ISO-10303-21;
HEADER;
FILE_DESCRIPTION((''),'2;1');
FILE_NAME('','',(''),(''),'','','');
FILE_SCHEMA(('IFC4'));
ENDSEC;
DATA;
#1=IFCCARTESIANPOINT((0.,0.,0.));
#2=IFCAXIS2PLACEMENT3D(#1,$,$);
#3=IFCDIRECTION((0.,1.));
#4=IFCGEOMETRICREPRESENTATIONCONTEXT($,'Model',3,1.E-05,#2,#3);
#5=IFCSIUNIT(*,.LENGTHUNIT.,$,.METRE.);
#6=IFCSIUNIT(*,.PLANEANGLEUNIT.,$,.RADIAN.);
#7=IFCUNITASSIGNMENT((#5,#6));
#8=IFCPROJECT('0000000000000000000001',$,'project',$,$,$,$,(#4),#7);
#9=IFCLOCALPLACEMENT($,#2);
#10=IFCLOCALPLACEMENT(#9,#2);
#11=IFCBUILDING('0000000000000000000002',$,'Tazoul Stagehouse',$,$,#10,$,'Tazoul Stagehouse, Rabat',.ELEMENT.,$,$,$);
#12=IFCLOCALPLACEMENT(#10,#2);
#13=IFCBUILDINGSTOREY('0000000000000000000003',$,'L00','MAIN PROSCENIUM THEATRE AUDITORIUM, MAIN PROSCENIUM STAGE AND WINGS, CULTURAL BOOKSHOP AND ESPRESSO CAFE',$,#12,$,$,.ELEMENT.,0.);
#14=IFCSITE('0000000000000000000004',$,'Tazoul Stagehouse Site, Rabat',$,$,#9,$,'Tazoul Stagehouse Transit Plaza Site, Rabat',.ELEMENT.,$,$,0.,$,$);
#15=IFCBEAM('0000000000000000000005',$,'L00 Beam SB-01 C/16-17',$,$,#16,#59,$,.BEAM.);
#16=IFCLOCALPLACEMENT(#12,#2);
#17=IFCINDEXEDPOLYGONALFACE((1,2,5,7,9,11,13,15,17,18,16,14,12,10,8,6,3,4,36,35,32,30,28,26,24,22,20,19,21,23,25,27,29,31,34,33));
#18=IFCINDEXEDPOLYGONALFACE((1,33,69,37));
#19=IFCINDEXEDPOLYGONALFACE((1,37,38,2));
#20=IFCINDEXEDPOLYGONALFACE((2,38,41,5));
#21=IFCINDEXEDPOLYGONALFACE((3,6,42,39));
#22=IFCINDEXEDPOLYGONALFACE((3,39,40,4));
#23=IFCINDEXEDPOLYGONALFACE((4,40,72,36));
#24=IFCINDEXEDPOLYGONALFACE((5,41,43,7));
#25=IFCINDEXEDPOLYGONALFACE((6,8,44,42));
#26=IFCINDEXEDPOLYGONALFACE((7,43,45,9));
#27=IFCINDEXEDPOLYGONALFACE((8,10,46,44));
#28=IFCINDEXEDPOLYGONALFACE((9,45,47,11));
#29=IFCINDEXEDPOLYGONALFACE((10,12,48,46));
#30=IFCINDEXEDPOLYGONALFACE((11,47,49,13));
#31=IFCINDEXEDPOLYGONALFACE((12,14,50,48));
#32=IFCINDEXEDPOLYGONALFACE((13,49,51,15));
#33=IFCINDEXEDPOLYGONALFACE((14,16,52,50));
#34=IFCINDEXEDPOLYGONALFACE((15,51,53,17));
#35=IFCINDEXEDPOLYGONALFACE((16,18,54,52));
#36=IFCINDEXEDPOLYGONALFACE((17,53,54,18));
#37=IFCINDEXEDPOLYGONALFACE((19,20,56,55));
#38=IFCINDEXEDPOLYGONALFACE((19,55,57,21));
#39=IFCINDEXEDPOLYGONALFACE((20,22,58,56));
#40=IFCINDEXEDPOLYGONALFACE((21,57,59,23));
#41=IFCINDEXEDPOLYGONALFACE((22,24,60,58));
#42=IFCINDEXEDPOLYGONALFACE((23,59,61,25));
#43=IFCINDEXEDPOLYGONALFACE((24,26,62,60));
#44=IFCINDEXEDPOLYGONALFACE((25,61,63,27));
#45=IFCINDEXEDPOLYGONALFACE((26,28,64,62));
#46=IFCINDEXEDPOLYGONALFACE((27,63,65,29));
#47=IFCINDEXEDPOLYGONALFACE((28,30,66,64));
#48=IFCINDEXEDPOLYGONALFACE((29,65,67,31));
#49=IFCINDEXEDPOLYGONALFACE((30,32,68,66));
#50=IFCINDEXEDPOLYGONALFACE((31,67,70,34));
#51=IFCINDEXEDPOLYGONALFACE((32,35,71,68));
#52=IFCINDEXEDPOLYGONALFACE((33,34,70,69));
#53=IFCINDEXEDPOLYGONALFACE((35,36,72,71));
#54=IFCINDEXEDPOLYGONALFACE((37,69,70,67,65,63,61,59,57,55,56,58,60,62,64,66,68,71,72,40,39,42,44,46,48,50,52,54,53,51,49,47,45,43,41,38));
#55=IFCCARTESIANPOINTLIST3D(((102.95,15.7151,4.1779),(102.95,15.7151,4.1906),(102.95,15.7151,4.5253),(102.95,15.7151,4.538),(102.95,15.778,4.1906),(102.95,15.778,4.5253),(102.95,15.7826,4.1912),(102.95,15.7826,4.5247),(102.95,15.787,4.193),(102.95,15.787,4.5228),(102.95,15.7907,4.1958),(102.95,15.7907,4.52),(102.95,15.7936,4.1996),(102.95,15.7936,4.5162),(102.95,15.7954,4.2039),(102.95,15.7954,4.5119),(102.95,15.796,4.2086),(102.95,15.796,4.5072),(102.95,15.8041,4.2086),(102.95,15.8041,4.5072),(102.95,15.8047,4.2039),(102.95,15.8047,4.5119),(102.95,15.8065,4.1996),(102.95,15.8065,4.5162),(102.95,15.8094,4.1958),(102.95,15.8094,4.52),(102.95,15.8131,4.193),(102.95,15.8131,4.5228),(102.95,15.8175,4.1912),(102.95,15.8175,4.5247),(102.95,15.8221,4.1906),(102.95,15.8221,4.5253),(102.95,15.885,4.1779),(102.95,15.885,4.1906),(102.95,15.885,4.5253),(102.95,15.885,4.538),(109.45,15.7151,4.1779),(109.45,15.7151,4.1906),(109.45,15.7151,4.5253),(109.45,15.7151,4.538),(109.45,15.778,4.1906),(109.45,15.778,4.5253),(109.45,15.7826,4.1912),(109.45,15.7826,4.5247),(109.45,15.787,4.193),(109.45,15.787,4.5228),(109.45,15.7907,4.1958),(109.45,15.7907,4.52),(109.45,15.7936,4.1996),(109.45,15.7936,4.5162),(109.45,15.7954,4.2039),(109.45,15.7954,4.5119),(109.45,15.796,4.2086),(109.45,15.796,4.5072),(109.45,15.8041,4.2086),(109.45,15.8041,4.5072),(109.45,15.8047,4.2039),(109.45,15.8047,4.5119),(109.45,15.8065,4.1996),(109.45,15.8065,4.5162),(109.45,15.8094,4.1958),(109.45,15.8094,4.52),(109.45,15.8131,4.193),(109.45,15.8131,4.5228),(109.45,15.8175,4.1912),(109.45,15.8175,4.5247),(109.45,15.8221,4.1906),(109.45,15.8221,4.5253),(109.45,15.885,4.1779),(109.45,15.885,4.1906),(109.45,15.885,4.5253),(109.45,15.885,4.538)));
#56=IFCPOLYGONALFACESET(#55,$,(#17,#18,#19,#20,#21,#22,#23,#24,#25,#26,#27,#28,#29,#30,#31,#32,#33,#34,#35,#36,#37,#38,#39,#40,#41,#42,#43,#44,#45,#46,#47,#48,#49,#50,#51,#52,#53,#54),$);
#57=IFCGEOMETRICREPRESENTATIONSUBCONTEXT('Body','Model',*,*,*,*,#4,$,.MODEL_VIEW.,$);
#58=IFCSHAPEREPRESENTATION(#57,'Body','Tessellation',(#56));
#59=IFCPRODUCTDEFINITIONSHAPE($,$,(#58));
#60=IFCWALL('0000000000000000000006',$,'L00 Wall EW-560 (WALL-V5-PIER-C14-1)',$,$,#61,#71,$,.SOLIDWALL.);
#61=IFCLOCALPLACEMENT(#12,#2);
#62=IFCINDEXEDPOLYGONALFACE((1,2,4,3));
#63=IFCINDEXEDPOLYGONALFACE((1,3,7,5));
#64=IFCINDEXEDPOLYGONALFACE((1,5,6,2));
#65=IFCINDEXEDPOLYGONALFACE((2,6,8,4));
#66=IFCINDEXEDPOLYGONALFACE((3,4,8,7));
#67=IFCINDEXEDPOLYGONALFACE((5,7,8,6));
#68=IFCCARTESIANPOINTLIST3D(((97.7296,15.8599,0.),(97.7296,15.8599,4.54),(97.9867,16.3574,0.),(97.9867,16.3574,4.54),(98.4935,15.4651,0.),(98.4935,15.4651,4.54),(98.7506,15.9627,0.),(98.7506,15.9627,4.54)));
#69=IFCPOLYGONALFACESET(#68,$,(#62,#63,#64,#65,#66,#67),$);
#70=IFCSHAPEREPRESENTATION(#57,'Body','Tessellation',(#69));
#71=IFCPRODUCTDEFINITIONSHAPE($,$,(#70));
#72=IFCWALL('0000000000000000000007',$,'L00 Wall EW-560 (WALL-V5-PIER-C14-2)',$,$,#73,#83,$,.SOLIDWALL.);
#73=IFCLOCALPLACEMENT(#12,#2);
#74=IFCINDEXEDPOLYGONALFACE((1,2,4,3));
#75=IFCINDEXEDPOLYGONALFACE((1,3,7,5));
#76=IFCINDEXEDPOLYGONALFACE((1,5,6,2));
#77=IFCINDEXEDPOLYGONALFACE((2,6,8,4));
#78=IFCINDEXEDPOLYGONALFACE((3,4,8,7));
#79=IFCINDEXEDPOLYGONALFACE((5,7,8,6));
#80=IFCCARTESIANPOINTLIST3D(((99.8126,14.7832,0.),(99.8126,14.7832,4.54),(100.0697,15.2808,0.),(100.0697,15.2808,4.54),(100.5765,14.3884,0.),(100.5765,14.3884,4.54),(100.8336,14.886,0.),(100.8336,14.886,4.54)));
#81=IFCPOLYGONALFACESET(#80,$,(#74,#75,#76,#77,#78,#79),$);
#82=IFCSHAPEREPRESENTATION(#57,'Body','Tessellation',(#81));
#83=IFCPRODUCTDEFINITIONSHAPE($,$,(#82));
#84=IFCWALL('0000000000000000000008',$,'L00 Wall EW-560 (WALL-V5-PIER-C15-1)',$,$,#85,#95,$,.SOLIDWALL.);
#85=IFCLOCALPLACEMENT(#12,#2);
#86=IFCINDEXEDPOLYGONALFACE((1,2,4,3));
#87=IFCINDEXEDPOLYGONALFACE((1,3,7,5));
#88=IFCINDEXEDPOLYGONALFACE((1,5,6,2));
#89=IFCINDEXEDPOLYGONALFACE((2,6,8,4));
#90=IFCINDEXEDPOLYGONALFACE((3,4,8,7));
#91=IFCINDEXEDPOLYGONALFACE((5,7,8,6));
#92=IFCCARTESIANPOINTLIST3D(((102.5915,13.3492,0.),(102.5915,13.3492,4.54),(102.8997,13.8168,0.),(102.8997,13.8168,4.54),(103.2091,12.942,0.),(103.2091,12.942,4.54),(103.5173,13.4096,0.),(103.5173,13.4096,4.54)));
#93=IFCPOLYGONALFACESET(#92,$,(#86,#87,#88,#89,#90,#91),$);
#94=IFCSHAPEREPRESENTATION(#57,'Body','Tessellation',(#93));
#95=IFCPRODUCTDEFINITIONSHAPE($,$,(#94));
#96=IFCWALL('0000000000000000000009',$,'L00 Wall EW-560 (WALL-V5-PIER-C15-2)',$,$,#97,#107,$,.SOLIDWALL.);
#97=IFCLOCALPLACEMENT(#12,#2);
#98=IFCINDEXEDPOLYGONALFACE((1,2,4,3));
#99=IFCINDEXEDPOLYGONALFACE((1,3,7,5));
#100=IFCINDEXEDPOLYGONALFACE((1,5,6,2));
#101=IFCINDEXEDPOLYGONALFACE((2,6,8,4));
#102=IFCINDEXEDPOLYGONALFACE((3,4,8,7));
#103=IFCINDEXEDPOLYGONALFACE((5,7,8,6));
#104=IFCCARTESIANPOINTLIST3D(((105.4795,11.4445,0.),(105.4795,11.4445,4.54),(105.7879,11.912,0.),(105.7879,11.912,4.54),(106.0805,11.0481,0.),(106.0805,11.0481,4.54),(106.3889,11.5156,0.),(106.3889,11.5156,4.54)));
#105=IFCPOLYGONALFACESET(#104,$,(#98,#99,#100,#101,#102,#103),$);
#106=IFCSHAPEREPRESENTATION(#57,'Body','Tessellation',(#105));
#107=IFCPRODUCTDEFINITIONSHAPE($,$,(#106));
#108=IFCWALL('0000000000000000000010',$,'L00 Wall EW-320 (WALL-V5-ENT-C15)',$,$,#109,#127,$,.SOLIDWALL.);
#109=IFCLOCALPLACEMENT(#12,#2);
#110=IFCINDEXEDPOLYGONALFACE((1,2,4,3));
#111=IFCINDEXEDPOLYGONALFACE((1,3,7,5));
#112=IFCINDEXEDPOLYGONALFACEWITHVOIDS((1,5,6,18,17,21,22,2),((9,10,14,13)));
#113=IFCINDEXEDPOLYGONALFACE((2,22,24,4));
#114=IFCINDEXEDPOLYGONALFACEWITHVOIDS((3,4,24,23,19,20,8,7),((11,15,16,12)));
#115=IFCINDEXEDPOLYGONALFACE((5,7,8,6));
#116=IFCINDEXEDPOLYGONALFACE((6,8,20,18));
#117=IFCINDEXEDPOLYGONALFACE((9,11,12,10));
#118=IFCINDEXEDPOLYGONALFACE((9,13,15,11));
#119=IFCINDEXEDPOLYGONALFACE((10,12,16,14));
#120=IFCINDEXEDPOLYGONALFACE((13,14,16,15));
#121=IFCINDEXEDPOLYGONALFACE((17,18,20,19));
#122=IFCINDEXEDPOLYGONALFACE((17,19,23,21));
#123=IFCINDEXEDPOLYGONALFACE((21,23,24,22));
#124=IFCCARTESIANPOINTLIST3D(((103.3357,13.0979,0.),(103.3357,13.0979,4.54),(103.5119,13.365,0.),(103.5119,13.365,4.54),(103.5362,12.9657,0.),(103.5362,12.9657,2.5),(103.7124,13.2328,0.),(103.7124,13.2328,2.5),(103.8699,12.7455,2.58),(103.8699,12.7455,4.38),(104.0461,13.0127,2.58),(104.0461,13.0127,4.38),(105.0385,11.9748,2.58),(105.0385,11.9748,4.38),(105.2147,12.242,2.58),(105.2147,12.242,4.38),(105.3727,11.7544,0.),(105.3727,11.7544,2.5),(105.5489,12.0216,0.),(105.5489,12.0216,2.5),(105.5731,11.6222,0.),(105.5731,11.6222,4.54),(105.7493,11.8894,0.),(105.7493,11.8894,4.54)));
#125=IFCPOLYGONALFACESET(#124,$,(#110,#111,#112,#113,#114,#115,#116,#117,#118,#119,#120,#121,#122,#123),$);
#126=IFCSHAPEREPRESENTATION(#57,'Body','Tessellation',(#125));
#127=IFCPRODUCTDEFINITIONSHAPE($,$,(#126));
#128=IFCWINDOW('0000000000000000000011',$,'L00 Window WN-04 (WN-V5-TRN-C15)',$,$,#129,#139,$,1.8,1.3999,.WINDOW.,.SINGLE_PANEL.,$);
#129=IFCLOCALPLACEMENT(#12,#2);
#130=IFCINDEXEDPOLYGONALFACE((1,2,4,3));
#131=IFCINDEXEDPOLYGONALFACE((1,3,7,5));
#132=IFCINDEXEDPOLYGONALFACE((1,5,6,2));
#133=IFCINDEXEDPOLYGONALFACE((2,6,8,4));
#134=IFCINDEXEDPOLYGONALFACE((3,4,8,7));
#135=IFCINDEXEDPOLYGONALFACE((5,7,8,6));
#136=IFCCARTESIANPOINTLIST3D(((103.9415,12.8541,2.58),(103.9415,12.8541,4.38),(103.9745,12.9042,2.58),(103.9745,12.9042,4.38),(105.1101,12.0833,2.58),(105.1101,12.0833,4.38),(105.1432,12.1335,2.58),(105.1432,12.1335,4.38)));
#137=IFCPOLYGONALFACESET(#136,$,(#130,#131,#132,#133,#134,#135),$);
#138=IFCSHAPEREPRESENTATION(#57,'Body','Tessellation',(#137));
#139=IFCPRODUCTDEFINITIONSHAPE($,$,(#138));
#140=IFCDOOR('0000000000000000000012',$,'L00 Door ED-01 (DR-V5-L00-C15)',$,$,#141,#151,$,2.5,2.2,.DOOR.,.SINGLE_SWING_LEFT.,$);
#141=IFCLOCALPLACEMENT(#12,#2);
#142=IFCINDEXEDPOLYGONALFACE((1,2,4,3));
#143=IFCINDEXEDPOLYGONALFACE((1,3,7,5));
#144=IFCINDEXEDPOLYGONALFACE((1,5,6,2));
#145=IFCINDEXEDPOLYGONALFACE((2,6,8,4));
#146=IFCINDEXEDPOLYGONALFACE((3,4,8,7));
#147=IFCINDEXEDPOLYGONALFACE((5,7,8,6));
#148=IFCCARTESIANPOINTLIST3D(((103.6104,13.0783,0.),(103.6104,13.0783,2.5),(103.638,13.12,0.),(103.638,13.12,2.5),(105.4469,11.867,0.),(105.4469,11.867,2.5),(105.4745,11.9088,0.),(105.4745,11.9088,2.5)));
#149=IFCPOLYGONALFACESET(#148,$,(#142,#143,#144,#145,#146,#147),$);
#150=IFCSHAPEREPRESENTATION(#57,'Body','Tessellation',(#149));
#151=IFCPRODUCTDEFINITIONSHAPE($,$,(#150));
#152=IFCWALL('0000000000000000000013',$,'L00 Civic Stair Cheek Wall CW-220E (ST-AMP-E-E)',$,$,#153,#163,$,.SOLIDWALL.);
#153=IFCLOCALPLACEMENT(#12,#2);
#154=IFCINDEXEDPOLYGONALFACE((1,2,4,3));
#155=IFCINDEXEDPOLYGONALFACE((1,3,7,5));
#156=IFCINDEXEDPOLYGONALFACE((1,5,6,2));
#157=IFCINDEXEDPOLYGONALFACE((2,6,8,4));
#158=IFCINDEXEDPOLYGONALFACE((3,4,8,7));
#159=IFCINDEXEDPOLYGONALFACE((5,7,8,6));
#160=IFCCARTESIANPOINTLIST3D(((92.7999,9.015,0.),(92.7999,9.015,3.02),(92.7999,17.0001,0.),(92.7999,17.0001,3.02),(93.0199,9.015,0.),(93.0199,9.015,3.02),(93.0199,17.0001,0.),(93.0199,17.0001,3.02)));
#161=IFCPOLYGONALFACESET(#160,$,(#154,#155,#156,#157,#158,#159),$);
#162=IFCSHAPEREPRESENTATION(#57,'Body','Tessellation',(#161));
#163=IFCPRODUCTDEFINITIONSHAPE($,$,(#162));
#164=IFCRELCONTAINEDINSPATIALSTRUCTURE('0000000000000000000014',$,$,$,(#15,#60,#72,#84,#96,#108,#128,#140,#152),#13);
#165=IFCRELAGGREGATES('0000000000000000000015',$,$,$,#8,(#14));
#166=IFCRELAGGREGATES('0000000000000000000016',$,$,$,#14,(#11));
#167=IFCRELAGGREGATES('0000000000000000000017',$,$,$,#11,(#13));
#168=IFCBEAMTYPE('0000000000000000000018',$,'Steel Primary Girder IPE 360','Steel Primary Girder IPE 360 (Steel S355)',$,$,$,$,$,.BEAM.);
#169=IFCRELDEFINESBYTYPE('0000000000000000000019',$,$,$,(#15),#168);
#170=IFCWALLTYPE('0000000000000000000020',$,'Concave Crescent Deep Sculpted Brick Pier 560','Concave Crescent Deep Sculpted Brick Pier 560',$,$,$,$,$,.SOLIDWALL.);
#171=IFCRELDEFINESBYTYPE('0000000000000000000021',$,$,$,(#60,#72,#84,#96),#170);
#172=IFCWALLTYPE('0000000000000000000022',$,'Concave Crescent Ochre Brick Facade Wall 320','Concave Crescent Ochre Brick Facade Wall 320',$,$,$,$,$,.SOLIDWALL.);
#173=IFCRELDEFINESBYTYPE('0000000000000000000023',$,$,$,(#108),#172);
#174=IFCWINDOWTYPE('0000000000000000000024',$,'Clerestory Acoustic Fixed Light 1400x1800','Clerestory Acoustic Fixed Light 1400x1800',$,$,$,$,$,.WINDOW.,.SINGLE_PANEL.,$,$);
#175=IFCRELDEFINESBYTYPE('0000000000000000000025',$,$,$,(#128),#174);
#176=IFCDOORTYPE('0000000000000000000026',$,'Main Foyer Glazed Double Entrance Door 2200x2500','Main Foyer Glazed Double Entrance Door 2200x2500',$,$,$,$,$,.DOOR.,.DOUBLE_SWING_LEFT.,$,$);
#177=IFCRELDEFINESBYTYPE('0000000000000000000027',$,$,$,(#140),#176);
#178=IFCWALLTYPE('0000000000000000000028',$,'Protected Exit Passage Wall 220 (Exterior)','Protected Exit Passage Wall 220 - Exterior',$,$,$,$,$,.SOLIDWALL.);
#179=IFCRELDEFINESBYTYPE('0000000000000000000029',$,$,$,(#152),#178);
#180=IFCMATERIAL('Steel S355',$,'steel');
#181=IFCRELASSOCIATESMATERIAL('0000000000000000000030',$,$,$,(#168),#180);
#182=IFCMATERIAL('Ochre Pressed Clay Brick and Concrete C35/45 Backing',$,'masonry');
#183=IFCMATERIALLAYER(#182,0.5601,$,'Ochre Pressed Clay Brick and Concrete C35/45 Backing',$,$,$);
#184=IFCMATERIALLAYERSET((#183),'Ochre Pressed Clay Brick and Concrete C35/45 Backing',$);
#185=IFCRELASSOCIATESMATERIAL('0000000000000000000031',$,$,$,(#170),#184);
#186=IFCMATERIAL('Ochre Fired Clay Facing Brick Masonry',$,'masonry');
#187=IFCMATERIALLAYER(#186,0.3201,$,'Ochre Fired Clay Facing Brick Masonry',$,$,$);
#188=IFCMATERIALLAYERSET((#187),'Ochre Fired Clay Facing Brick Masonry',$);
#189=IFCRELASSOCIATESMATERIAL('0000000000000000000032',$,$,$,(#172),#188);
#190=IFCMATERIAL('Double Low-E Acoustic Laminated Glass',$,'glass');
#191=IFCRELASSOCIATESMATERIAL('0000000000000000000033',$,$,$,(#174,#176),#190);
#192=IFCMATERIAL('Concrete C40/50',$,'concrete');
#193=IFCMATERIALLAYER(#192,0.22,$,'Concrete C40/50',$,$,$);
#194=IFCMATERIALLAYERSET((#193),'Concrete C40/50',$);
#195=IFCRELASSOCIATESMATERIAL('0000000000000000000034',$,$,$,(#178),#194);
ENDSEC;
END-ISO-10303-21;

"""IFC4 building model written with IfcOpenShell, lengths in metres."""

from ifc_helpers import new_model, si_unit, direction, frame, frame_2d, origin, origin_2d, place, context, subcontext, project, spatial, rectangle, i_section, extrude, material, layer, layer_set, material_profile, profile_set, type_object, element, fill, save


model = new_model("IFC4")

# Units and contexts
model_context = context("Model", 3, precision=1e-05, world=origin(), true_north=direction((0.0, 1.0)))
body_context = subcontext(model_context, "Body", "Model", "MODEL_VIEW")
ifc_project = project(units=[si_unit("LENGTHUNIT", "METRE"), si_unit("PLANEANGLEUNIT", "RADIAN")], contexts=[model_context])

# Site, building, storey
site_placement = place(None, origin())
site = spatial("IfcSite", under=ifc_project, at=site_placement, Name="Tazoul Stagehouse Site, Rabat", LongName="Tazoul Stagehouse Transit Plaza Site, Rabat", CompositionType="ELEMENT", RefElevation=0.0)
building_placement = place(site_placement, origin())
building = spatial("IfcBuilding", under=site, at=building_placement, Name="Tazoul Stagehouse", LongName="Tazoul Stagehouse, Rabat", CompositionType="ELEMENT")
storey_placement = place(building_placement, origin())
storey = spatial("IfcBuildingStorey", under=building, at=storey_placement, Name="L00", Description="MAIN PROSCENIUM THEATRE AUDITORIUM, MAIN PROSCENIUM STAGE AND WINGS, CULTURAL BOOKSHOP AND ESPRESSO CAFE", CompositionType="ELEMENT", Elevation=0.0)

# Shared definitions
ifc_material_1 = material(Name="Concrete C40/50", Category="concrete")
ifc_material_2 = material(Name="Steel S355", Category="steel")

# Beam
ifc_material_profile_1 = material_profile(ifc_material_2, i_section(OverallWidth=0.1699, OverallDepth=0.3601, WebThickness=0.0081, FlangeThickness=0.0127, FilletRadius=0.0181, at=origin_2d()), Name="IPE 360")
ifc_profile_set_1 = profile_set([ifc_material_profile_1], Name="Steel S355")
beam_type_1 = type_object("IfcBeamType", Name="Steel Primary Girder IPE 360", Description="Steel Primary Girder IPE 360 (Steel S355)", PredefinedType="BEAM", material=ifc_profile_set_1)
beam_1_placement = place(storey_placement, frame((102.95, 15.8, 4.3579), z_axis=(1.0, 0.0, 0.0), x_axis=(0.0, 1.0, 0.0)))
element("IfcBeam", 1, at=beam_1_placement, inside=storey, type_object=beam_type_1, Name="L00 Beam SB-01 C/16-17", PredefinedType="BEAM", context=body_context, shape_type="SweptSolid", body=[
    extrude(i_section(OverallWidth=0.1699, OverallDepth=0.3601, WebThickness=0.0081, FlangeThickness=0.0127, FilletRadius=0.0181, at=origin_2d()), origin(), (0.0, 0.0, 1.0), 6.5),
])

# Shared definitions
ifc_material_3 = material(Name="Double Low-E Acoustic Laminated Glass", Category="glass")

# Walls
ifc_material_4 = material(Name="Ochre Pressed Clay Brick and Concrete C35/45 Backing", Category="masonry")
ifc_layer_1 = layer(ifc_material_4, 0.5601, Name="Ochre Pressed Clay Brick and Concrete C35/45 Backing")
ifc_layer_set_1 = layer_set([ifc_layer_1], Name="Ochre Pressed Clay Brick and Concrete C35/45 Backing")
wall_type_1 = type_object("IfcWallType", Name="Concave Crescent Deep Sculpted Brick Pier 560", Description="Concave Crescent Deep Sculpted Brick Pier 560", PredefinedType="SOLIDWALL", material=ifc_layer_set_1)
for number, where, z_axis, x_axis, name in (
    (2, (97.8582, 16.1086, 0.0), (0.0, 0.0, 1.0), (0.888385, -0.459098, 0.0), "L00 Wall EW-560 (WALL-V5-PIER-C14-1)"),
    (3, (99.9412, 15.032, 0.0), (0.0, 0.0, 1.0), (0.888385, -0.459098, 0.0), "L00 Wall EW-560 (WALL-V5-PIER-C14-2)"),
):
    element("IfcWall", number, at=place(storey_placement, frame(where, z_axis=z_axis, x_axis=x_axis)), inside=storey, type_object=wall_type_1, Name=name, PredefinedType="SOLIDWALL", context=body_context, shape_type="SweptSolid", body=[
        extrude(rectangle(XDim=0.8599, YDim=0.5601, at=frame_2d((0.4299, 0.0))), origin(), (0.0, 0.0, 1.0), 4.54),
    ])
wall_1_placement = place(storey_placement, frame((102.7456, 13.583, 0.0), z_axis=(0.0, 0.0, 1.0), x_axis=(0.834882, -0.550428, 0.0)))
element("IfcWall", 4, at=wall_1_placement, inside=storey, type_object=wall_type_1, Name="L00 Wall EW-560 (WALL-V5-PIER-C15-1)", PredefinedType="SOLIDWALL", context=body_context, shape_type="SweptSolid", body=[
    extrude(rectangle(XDim=0.7397, YDim=0.5601, at=frame_2d((0.3699, 0.0))), origin(), (0.0, 0.0, 1.0), 4.54),
])
wall_2_placement = place(storey_placement, frame((105.6338, 11.6782, 0.0), z_axis=(0.0, 0.0, 1.0), x_axis=(0.834753, -0.550625, 0.0)))
element("IfcWall", 5, at=wall_2_placement, inside=storey, type_object=wall_type_1, Name="L00 Wall EW-560 (WALL-V5-PIER-C15-2)", PredefinedType="SOLIDWALL", context=body_context, shape_type="SweptSolid", body=[
    extrude(rectangle(XDim=0.72, YDim=0.5601, at=frame_2d((0.3599, 0.0))), origin(), (0.0, 0.0, 1.0), 4.54),
])

# Wall, openings, window, door
ifc_material_5 = material(Name="Ochre Fired Clay Facing Brick Masonry", Category="masonry")
ifc_layer_2 = layer(ifc_material_5, 0.3201, Name="Ochre Fired Clay Facing Brick Masonry")
ifc_layer_set_2 = layer_set([ifc_layer_2], Name="Ochre Fired Clay Facing Brick Masonry")
wall_type_2 = type_object("IfcWallType", Name="Concave Crescent Ochre Brick Facade Wall 320", Description="Concave Crescent Ochre Brick Facade Wall 320", PredefinedType="SOLIDWALL", material=ifc_layer_set_2)
wall_3_placement = place(storey_placement, frame((103.4238, 13.2314, 0.0), z_axis=(0.0, 0.0, 1.0), x_axis=(0.834787, -0.550573, 0.0)))
wall_3 = element("IfcWall", 6, at=wall_3_placement, inside=storey, type_object=wall_type_2, Name="L00 Wall EW-320 (WALL-V5-ENT-C15)", PredefinedType="SOLIDWALL", context=body_context, shape_type="SweptSolid", body=[
    extrude(rectangle(XDim=2.6802, YDim=0.3201, at=frame_2d((1.3401, 0.0))), origin(), (0.0, 0.0, 1.0), 4.54),
])
opening_1_placement = place(wall_3_placement, frame((0.6399, 0.0, 2.5801)))
opening_1 = element("IfcOpeningElement", 7, at=opening_1_placement, cuts=wall_3, PredefinedType="OPENING", context=body_context, shape_type="SweptSolid", body=[
    extrude(rectangle(XDim=1.3999, YDim=1.8, at=frame_2d((0.7, 0.8999))), frame((0.0, 0.1799, 0.0), z_axis=(0.0, -1.0, 0.0), x_axis=(1.0, 0.0, 0.0)), (0.0, 0.0, 1.0), 0.3601),
])
opening_2_placement = place(wall_3_placement, frame((0.24, 0.0, 0.0)))
opening_2 = element("IfcOpeningElement", 8, at=opening_2_placement, cuts=wall_3, PredefinedType="OPENING", context=body_context, shape_type="SweptSolid", body=[
    extrude(rectangle(XDim=2.2, YDim=2.5, at=frame_2d((1.1001, 1.25))), frame((0.0, 0.1799, 0.0), z_axis=(0.0, -1.0, 0.0), x_axis=(1.0, 0.0, 0.0)), (0.0, 0.0, 1.0), 0.3601),
])
window_type = type_object("IfcWindowType", Name="Clerestory Acoustic Fixed Light 1400x1800", Description="Clerestory Acoustic Fixed Light 1400x1800", PartitioningType="SINGLE_PANEL", PredefinedType="WINDOW", material=ifc_material_3)
window_placement = place(opening_1_placement, origin())
window = element("IfcWindow", 9, at=window_placement, inside=storey, type_object=window_type, Name="L00 Window WN-04 (WN-V5-TRN-C15)", OverallHeight=1.8, OverallWidth=1.3999, PartitioningType="SINGLE_PANEL", PredefinedType="WINDOW", context=body_context, shape_type="SweptSolid", body=[
    extrude(rectangle(XDim=1.3999, YDim=1.8, at=frame_2d((0.7, 0.8999))), frame((0.0, 0.03, 0.0), z_axis=(0.0, -1.0, 0.0), x_axis=(1.0, 0.0, 0.0)), (0.0, 0.0, 1.0), 0.0601),
])
fill(opening_1, window)
door_type = type_object("IfcDoorType", Name="Main Foyer Glazed Double Entrance Door 2200x2500", Description="Main Foyer Glazed Double Entrance Door 2200x2500", OperationType="DOUBLE_SWING_LEFT", PredefinedType="DOOR", material=ifc_material_3)
door_placement = place(opening_2_placement, origin())
door = element("IfcDoor", 10, at=door_placement, inside=storey, type_object=door_type, Name="L00 Door ED-01 (DR-V5-L00-C15)", OperationType="SINGLE_SWING_LEFT", OverallHeight=2.5, OverallWidth=2.2, PredefinedType="DOOR", context=body_context, shape_type="SweptSolid", body=[
    extrude(rectangle(XDim=2.2, YDim=2.5, at=frame_2d((1.1001, 1.25))), frame((0.0, 0.0249, 0.0), z_axis=(0.0, -1.0, 0.0), x_axis=(1.0, 0.0, 0.0)), (0.0, 0.0, 1.0), 0.05),
])
fill(opening_2, door)

# Wall
ifc_layer_3 = layer(ifc_material_1, 0.22, Name="Concrete C40/50")
ifc_layer_set_3 = layer_set([ifc_layer_3], Name="Concrete C40/50")
wall_type_3 = type_object("IfcWallType", Name="Protected Exit Passage Wall 220 (Exterior)", Description="Protected Exit Passage Wall 220 - Exterior", PredefinedType="SOLIDWALL", material=ifc_layer_set_3)
wall_4_placement = place(storey_placement, frame((92.9099, 9.0149, 0.0), z_axis=(0.0, 0.0, 1.0), x_axis=(0.0, 1.0, 0.0)))
element("IfcWall", 11, at=wall_4_placement, inside=storey, type_object=wall_type_3, Name="L00 Civic Stair Cheek Wall CW-220E (ST-AMP-E-E)", PredefinedType="SOLIDWALL", context=body_context, shape_type="SweptSolid", body=[
    extrude(rectangle(XDim=7.9851, YDim=0.22, at=frame_2d((3.9927, 0.0))), origin(), (0.0, 0.0, 1.0), 3.02),
])

save(model, "model.ifc")
